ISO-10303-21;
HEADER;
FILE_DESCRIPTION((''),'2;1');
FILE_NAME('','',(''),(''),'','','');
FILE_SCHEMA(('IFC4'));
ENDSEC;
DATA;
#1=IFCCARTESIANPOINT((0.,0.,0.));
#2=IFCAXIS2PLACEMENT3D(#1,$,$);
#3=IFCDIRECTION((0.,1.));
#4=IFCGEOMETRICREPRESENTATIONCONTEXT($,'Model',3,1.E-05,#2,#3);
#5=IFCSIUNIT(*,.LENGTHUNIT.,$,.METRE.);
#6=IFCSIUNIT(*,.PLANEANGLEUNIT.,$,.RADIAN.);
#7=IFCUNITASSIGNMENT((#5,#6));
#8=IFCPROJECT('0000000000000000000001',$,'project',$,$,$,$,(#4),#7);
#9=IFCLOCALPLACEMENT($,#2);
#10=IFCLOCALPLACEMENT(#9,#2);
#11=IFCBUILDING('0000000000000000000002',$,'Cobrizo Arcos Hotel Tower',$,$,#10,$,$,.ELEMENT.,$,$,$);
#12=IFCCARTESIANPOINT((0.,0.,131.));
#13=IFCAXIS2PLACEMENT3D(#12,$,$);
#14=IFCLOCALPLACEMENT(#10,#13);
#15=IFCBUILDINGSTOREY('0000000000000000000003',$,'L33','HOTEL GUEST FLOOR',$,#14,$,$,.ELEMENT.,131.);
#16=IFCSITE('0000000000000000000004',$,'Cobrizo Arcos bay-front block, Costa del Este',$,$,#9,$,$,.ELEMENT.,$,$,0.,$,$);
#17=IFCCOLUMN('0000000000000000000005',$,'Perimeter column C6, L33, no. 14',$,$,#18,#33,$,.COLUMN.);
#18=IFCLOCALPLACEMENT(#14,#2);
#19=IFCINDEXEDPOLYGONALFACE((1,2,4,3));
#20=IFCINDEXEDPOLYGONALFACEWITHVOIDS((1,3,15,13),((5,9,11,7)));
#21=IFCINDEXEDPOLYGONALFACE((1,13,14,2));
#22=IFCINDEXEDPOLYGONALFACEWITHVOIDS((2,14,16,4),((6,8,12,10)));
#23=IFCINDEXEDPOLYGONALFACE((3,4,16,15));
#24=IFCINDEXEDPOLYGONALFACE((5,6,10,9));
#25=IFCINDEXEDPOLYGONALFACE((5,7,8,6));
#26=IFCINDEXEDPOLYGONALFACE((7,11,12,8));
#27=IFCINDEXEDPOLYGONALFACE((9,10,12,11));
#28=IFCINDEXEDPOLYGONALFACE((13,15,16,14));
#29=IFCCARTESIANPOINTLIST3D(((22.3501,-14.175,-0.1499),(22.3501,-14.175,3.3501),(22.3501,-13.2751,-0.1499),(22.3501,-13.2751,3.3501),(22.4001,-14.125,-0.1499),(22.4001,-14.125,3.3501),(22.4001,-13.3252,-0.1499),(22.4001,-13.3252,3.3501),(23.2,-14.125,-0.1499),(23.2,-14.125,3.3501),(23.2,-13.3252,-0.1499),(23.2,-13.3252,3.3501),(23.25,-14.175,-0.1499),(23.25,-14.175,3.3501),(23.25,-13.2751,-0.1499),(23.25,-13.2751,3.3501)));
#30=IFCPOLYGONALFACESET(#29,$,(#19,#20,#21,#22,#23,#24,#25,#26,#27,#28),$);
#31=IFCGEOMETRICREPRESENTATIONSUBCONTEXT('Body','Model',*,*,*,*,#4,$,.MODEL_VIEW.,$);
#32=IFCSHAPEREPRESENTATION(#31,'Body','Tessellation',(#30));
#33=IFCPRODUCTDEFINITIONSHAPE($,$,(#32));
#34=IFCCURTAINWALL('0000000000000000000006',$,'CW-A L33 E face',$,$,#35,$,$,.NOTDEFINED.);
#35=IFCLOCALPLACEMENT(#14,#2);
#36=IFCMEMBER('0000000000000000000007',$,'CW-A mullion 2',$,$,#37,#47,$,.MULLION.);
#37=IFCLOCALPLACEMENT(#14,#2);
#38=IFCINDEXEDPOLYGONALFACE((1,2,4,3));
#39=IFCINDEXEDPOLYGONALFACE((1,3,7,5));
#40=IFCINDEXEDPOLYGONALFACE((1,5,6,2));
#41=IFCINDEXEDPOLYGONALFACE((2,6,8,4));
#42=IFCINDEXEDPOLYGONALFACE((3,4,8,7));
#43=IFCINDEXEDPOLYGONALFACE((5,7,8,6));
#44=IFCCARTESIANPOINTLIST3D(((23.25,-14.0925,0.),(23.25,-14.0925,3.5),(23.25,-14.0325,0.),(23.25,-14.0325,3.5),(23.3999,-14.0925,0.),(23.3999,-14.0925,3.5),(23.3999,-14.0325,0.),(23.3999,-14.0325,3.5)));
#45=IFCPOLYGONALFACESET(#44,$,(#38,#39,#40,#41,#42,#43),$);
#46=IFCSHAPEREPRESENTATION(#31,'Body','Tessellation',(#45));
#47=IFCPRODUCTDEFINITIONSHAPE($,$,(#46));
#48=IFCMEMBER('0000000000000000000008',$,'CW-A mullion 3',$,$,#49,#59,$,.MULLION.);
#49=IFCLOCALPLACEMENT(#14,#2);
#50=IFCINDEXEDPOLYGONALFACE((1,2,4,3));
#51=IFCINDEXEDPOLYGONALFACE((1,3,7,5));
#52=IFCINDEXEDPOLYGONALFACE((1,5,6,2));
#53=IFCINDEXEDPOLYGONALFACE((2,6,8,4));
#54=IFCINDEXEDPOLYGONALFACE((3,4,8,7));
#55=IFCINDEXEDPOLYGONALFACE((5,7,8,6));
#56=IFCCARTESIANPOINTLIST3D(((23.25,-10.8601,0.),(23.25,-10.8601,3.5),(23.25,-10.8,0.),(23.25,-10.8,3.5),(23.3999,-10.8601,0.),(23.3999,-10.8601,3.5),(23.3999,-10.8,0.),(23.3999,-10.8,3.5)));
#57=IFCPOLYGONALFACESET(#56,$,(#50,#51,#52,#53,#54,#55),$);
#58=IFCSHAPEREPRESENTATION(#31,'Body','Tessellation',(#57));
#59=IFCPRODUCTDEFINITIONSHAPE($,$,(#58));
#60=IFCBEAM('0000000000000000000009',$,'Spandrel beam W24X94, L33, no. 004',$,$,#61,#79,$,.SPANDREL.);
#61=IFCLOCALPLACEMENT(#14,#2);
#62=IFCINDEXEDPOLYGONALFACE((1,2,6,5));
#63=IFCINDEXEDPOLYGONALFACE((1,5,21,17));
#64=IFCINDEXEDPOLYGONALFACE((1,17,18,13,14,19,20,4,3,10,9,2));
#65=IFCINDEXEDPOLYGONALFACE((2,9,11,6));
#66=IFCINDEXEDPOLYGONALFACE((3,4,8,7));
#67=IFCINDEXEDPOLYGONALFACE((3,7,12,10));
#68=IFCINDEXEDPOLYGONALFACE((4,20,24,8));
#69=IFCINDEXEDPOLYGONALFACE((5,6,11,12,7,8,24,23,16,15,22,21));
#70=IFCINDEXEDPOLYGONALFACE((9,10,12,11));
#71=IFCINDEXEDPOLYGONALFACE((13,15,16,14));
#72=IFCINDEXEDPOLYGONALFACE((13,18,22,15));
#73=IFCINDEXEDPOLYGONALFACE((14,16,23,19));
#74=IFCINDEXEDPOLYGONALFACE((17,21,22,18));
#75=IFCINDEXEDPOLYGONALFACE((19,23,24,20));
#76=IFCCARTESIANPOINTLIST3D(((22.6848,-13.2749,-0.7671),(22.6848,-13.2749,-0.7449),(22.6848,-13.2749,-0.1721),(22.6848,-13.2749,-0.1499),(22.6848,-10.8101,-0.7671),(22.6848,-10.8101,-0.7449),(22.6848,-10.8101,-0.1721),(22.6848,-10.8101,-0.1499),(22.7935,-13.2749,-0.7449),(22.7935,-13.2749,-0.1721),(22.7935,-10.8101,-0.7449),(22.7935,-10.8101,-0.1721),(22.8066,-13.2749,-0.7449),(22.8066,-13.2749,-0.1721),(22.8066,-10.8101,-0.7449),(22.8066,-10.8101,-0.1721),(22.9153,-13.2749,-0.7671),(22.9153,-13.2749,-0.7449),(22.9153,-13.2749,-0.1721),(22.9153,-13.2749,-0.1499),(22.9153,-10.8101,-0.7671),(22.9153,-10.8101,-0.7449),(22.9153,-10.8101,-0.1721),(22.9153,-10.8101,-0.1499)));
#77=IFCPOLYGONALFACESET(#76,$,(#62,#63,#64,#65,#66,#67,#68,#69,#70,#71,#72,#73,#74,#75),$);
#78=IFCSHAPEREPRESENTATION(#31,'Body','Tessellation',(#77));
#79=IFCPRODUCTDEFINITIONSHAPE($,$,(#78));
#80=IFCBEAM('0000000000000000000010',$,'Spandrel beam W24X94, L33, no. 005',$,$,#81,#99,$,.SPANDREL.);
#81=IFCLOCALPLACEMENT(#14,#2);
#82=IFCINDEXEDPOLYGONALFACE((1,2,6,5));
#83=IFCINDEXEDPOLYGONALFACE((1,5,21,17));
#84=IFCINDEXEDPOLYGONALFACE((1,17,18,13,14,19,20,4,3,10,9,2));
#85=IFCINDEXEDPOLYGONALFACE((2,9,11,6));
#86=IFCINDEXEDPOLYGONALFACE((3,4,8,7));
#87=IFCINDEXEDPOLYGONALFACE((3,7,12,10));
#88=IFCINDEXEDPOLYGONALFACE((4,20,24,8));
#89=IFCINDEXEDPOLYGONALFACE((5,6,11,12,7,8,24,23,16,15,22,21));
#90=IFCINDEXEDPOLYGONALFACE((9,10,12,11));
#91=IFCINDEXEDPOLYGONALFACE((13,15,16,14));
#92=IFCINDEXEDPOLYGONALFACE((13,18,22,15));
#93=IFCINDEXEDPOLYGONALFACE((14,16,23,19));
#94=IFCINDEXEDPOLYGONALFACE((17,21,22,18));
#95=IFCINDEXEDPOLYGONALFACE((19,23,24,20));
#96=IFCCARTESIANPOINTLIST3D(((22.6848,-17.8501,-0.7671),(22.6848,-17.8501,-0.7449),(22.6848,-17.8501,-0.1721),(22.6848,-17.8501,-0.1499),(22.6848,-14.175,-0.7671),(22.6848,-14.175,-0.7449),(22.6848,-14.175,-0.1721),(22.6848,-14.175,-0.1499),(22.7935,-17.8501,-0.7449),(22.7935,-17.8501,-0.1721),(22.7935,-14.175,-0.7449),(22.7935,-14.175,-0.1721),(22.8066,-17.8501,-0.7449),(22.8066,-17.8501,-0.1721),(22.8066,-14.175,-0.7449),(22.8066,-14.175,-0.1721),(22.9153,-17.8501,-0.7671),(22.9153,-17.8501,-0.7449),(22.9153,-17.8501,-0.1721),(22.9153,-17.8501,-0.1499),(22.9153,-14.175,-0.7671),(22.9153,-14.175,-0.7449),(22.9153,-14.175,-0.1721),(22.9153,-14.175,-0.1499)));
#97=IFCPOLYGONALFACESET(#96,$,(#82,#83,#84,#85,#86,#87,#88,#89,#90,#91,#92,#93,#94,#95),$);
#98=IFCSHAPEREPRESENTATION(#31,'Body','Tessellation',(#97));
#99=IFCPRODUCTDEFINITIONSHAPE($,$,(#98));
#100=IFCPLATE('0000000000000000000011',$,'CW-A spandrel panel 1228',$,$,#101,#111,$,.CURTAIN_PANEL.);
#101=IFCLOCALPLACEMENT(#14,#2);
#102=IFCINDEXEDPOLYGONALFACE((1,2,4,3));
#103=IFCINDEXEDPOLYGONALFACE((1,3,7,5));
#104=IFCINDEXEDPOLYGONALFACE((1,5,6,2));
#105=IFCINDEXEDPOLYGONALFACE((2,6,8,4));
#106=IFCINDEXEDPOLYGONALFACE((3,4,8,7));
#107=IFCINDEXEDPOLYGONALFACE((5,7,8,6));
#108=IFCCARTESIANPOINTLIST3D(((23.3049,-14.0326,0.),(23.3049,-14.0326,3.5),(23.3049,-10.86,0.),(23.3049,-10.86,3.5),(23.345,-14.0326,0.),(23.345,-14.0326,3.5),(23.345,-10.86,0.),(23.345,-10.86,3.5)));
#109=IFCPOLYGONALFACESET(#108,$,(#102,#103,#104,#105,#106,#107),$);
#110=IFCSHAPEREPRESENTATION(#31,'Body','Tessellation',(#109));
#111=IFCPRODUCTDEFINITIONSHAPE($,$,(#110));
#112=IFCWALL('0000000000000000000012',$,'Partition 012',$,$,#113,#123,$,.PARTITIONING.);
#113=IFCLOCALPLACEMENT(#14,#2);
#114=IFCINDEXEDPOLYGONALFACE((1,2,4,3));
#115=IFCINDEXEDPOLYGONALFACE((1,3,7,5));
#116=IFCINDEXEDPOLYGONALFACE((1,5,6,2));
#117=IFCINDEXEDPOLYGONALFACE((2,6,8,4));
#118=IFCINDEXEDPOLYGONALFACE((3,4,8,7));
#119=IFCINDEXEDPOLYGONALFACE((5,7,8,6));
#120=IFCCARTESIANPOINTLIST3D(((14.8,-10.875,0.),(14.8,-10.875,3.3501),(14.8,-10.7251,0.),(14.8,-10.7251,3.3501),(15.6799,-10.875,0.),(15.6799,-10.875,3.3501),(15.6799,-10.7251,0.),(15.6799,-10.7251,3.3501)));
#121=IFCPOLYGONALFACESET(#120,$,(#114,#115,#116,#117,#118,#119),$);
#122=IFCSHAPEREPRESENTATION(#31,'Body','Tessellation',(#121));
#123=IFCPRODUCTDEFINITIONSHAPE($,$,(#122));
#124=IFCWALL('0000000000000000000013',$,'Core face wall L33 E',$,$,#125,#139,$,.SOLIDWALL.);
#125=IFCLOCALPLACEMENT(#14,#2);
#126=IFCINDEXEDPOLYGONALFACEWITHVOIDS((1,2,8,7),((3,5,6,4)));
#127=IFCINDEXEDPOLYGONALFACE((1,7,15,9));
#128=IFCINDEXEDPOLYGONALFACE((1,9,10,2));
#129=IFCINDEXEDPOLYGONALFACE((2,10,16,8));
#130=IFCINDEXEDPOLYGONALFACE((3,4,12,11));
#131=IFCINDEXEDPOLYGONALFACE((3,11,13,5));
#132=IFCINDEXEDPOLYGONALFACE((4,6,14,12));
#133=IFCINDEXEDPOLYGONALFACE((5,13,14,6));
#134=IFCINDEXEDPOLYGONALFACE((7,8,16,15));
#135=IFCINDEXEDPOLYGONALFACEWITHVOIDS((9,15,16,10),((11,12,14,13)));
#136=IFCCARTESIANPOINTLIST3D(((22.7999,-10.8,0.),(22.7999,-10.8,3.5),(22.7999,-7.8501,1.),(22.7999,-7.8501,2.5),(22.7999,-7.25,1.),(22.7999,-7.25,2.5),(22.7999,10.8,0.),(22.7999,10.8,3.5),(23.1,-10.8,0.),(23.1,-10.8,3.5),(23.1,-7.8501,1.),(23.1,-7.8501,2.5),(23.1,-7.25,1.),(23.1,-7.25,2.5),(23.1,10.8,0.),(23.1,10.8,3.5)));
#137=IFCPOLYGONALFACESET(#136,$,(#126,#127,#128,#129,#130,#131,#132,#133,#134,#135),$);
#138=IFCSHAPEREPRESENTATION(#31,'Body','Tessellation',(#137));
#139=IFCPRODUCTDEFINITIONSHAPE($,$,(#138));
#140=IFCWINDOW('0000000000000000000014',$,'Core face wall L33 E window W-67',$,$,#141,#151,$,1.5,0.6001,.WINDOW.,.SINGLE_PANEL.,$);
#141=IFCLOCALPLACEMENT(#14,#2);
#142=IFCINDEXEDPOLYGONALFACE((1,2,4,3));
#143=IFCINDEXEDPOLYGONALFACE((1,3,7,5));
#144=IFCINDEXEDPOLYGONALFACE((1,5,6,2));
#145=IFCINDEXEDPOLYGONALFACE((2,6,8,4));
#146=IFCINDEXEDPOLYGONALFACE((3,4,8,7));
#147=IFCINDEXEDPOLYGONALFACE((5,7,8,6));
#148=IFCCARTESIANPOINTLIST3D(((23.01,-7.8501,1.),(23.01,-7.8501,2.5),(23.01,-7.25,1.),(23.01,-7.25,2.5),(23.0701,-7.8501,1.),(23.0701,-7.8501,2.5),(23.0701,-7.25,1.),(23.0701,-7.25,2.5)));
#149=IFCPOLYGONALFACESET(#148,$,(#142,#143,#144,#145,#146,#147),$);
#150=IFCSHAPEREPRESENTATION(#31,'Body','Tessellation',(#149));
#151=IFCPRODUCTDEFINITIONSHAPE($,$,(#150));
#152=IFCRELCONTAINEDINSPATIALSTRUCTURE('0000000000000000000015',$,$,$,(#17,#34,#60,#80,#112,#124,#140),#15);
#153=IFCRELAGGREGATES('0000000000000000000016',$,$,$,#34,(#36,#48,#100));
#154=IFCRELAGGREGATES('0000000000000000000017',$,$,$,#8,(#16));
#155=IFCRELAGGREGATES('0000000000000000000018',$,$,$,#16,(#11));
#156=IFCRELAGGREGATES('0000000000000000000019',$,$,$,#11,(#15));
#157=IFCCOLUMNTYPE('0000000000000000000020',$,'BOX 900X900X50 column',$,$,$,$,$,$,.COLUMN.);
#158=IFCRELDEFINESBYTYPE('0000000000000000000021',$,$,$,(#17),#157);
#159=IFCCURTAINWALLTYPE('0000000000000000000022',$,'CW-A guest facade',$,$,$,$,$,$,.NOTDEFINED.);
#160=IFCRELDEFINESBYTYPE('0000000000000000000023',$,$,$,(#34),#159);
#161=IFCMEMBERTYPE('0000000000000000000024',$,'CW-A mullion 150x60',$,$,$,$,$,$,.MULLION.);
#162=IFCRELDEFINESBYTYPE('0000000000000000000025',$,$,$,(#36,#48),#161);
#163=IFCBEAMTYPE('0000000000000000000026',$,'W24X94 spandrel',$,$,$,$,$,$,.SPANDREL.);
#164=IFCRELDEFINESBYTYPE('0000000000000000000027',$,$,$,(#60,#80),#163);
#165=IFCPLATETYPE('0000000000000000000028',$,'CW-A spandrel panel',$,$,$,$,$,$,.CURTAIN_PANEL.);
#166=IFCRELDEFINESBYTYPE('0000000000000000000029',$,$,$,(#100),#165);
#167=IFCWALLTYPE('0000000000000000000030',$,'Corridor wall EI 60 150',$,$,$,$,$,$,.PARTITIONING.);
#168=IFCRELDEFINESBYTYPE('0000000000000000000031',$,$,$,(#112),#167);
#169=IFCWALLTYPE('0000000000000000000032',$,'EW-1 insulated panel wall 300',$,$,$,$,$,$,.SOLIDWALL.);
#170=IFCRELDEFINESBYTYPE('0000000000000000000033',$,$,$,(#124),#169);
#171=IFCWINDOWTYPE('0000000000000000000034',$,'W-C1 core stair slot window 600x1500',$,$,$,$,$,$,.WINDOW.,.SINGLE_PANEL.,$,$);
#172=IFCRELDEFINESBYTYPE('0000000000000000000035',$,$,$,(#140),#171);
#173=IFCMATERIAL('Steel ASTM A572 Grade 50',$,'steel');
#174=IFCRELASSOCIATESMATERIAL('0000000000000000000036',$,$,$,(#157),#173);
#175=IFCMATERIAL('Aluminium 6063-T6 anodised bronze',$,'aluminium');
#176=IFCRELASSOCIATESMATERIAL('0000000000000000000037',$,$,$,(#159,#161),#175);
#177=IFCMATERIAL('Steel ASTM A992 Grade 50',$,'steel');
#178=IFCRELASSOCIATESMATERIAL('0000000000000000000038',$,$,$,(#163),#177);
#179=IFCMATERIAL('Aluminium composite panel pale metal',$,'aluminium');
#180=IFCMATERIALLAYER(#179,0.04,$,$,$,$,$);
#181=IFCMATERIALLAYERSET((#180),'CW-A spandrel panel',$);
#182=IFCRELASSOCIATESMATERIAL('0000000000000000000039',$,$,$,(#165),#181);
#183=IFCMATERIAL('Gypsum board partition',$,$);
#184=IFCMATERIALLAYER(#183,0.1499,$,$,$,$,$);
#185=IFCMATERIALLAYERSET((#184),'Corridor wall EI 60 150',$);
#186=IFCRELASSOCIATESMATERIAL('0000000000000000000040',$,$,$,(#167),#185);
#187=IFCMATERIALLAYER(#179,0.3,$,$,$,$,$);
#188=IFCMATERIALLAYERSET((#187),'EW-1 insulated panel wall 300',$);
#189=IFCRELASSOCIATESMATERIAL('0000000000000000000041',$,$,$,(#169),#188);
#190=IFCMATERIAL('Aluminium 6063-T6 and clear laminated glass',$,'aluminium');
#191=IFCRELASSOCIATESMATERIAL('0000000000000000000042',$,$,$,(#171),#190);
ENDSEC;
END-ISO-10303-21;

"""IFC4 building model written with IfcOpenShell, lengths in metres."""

from ifc_helpers import new_model, si_unit, direction, frame, frame_2d, origin, origin_2d, place, context, subcontext, project, spatial, rectangle, hollow_rectangle, i_section, extrude, material, layer, layer_set, material_profile, profile_set, type_object, element, fill, aggregate, save


model = new_model("IFC4")

# Units and contexts
model_context = context("Model", 3, precision=1e-05, world=origin(), true_north=direction((0.0, 1.0)))
body_context = subcontext(model_context, "Body", "Model", "MODEL_VIEW")
ifc_project = project(units=[si_unit("LENGTHUNIT", "METRE"), si_unit("PLANEANGLEUNIT", "RADIAN")], contexts=[model_context])

# Site, building, storey
site_placement = place(None, origin())
site = spatial("IfcSite", under=ifc_project, at=site_placement, Name="Cobrizo Arcos bay-front block, Costa del Este", CompositionType="ELEMENT", RefElevation=0.0)
building_placement = place(site_placement, origin())
building = spatial("IfcBuilding", under=site, at=building_placement, Name="Cobrizo Arcos Hotel Tower", CompositionType="ELEMENT")
storey_placement = place(building_placement, frame((0.0, 0.0, 131.0)))
storey = spatial("IfcBuildingStorey", under=building, at=storey_placement, Name="L33", Description="HOTEL GUEST FLOOR", CompositionType="ELEMENT", Elevation=131.0)

# Column
ifc_material_1 = material(Name="Steel ASTM A572 Grade 50", Category="steel")
ifc_material_profile_1 = material_profile(ifc_material_1, hollow_rectangle(XDim=0.8999, YDim=0.8999, WallThickness=0.05, at=origin_2d()), Name="BOX 900X900X50")
ifc_profile_set_1 = profile_set([ifc_material_profile_1], Name="Steel ASTM A572 Grade 50")
column_type = type_object("IfcColumnType", Name="BOX 900X900X50 column", PredefinedType="COLUMN", material=ifc_profile_set_1)
column_placement = place(storey_placement, frame((22.8, -13.7251, -0.1499), z_axis=(0.0, 0.0, 1.0), x_axis=(1.0, 0.0, 0.0)))
element("IfcColumn", 1, at=column_placement, inside=storey, type_object=column_type, Name="Perimeter column C6, L33, no. 14", PredefinedType="COLUMN", context=body_context, shape_type="SweptSolid", body=[
    extrude(hollow_rectangle(XDim=0.8999, YDim=0.8999, WallThickness=0.05, at=origin_2d()), origin(), (0.0, 0.0, 1.0), 3.5),
])

# Curtain wall, members
ifc_material_2 = material(Name="Aluminium 6063-T6 anodised bronze", Category="aluminium")
curtain_wall_type = type_object("IfcCurtainWallType", Name="CW-A guest facade", PredefinedType="NOTDEFINED", material=ifc_material_2)
curtain_wall_placement = place(storey_placement, origin())
curtain_wall = element("IfcCurtainWall", 2, at=curtain_wall_placement, inside=storey, type_object=curtain_wall_type, Name="CW-A L33 E face", PredefinedType="NOTDEFINED")
ifc_material_profile_2 = material_profile(ifc_material_2, rectangle(XDim=0.1499, YDim=0.0601, at=origin_2d()), Name="CW-A mullion 150x60")
ifc_profile_set_2 = profile_set([ifc_material_profile_2], Name="Aluminium 6063-T6 anodised bronze")
member_type = type_object("IfcMemberType", Name="CW-A mullion 150x60", PredefinedType="MULLION", material=ifc_profile_set_2)
member_1_placement = place(storey_placement, frame((23.325, -14.0625, 0.0), z_axis=(0.0, 0.0, 1.0), x_axis=(1.0, 0.0, 0.0)))
member_1 = element("IfcMember", 3, at=member_1_placement, type_object=member_type, Name="CW-A mullion 2", PredefinedType="MULLION", context=body_context, shape_type="SweptSolid", body=[
    extrude(rectangle(XDim=0.1499, YDim=0.0601, at=origin_2d()), origin(), (0.0, 0.0, 1.0), 3.5),
])
member_2_placement = place(storey_placement, frame((23.325, -10.8301, 0.0), z_axis=(0.0, 0.0, 1.0), x_axis=(1.0, 0.0, 0.0)))
member_2 = element("IfcMember", 4, at=member_2_placement, type_object=member_type, Name="CW-A mullion 3", PredefinedType="MULLION", context=body_context, shape_type="SweptSolid", body=[
    extrude(rectangle(XDim=0.1499, YDim=0.0601, at=origin_2d()), origin(), (0.0, 0.0, 1.0), 3.5),
])

# Beams
ifc_material_3 = material(Name="Steel ASTM A992 Grade 50", Category="steel")
ifc_material_profile_3 = material_profile(ifc_material_3, i_section(OverallWidth=0.2305, OverallDepth=0.6172, WebThickness=0.0132, FlangeThickness=0.0222, at=origin_2d()), Name="W24X94")
ifc_profile_set_3 = profile_set([ifc_material_profile_3], Name="Steel ASTM A992 Grade 50")
beam_type = type_object("IfcBeamType", Name="W24X94 spandrel", PredefinedType="SPANDREL", material=ifc_profile_set_3)
beam_1_placement = place(storey_placement, frame((22.8, -10.8101, -0.4585), z_axis=(0.0, -1.0, 0.0), x_axis=(1.0, 0.0, 0.0)))
element("IfcBeam", 5, at=beam_1_placement, inside=storey, type_object=beam_type, Name="Spandrel beam W24X94, L33, no. 004", PredefinedType="SPANDREL", context=body_context, shape_type="SweptSolid", body=[
    extrude(i_section(OverallWidth=0.2305, OverallDepth=0.6172, WebThickness=0.0132, FlangeThickness=0.0222, at=origin_2d()), origin(), (0.0, 0.0, 1.0), 2.4648),
])
beam_2_placement = place(storey_placement, frame((22.8, -14.175, -0.4585), z_axis=(0.0, -1.0, 0.0), x_axis=(1.0, 0.0, 0.0)))
element("IfcBeam", 6, at=beam_2_placement, inside=storey, type_object=beam_type, Name="Spandrel beam W24X94, L33, no. 005", PredefinedType="SPANDREL", context=body_context, shape_type="SweptSolid", body=[
    extrude(i_section(OverallWidth=0.2305, OverallDepth=0.6172, WebThickness=0.0132, FlangeThickness=0.0222, at=origin_2d()), origin(), (0.0, 0.0, 1.0), 3.675),
])

# Plate
ifc_material_4 = material(Name="Aluminium composite panel pale metal", Category="aluminium")
ifc_layer_1 = layer(ifc_material_4, 0.04)
ifc_layer_set_1 = layer_set([ifc_layer_1], Name="CW-A spandrel panel")
plate_type = type_object("IfcPlateType", Name="CW-A spandrel panel", PredefinedType="CURTAIN_PANEL", material=ifc_layer_set_1)
plate_placement = place(storey_placement, frame((23.325, -12.4463, 0.0), z_axis=(0.0, 0.0, 1.0), x_axis=(0.0, 1.0, 0.0)))
plate = element("IfcPlate", 7, at=plate_placement, type_object=plate_type, Name="CW-A spandrel panel 1228", PredefinedType="CURTAIN_PANEL", context=body_context, shape_type="SweptSolid", body=[
    extrude(rectangle(XDim=3.1726, YDim=0.04, at=origin_2d()), origin(), (0.0, 0.0, 1.0), 3.5),
])
aggregate(curtain_wall, [member_1, member_2, plate])

# Wall
ifc_material_5 = material(Name="Gypsum board partition")
ifc_layer_2 = layer(ifc_material_5, 0.1499)
ifc_layer_set_2 = layer_set([ifc_layer_2], Name="Corridor wall EI 60 150")
wall_type_1 = type_object("IfcWallType", Name="Corridor wall EI 60 150", PredefinedType="PARTITIONING", material=ifc_layer_set_2)
wall_1_placement = place(storey_placement, frame((14.8, -10.8, 0.0), z_axis=(0.0, 0.0, 1.0), x_axis=(1.0, 0.0, 0.0)))
element("IfcWall", 8, at=wall_1_placement, inside=storey, type_object=wall_type_1, Name="Partition 012", PredefinedType="PARTITIONING", context=body_context, shape_type="SweptSolid", body=[
    extrude(rectangle(XDim=0.8799, YDim=0.1499, at=frame_2d((0.4399, 0.0))), origin(), (0.0, 0.0, 1.0), 3.3501),
])

# Wall, opening, window
ifc_layer_3 = layer(ifc_material_4, 0.3)
ifc_layer_set_3 = layer_set([ifc_layer_3], Name="EW-1 insulated panel wall 300")
wall_type_2 = type_object("IfcWallType", Name="EW-1 insulated panel wall 300", PredefinedType="SOLIDWALL", material=ifc_layer_set_3)
wall_2_placement = place(storey_placement, frame((22.95, -10.8, 0.0), z_axis=(0.0, 0.0, 1.0), x_axis=(0.0, 1.0, 0.0)))
wall_2 = element("IfcWall", 9, at=wall_2_placement, inside=storey, type_object=wall_type_2, Name="Core face wall L33 E", PredefinedType="SOLIDWALL", context=body_context, shape_type="SweptSolid", body=[
    extrude(rectangle(XDim=21.6001, YDim=0.3, at=frame_2d((10.8, 0.0))), origin(), (0.0, 0.0, 1.0), 3.5),
])
opening_1_placement = place(wall_2_placement, frame((2.95, 0.0, 1.0)))
opening_1 = element("IfcOpeningElement", 10, at=opening_1_placement, cuts=wall_2, PredefinedType="OPENING", context=body_context, shape_type="SweptSolid", body=[
    extrude(rectangle(XDim=0.6001, YDim=1.5, at=frame_2d((0.3, 0.75))), frame((0.0, 0.1621, 0.0), z_axis=(0.0, -1.0, 0.0), x_axis=(1.0, 0.0, 0.0)), (0.0, 0.0, 1.0), 0.324),
])
ifc_material_6 = material(Name="Aluminium 6063-T6 and clear laminated glass", Category="aluminium")
window_type = type_object("IfcWindowType", Name="W-C1 core stair slot window 600x1500", PartitioningType="SINGLE_PANEL", PredefinedType="WINDOW", material=ifc_material_6)
window_placement = place(opening_1_placement, origin())
window = element("IfcWindow", 11, at=window_placement, inside=storey, type_object=window_type, Name="Core face wall L33 E window W-67", OverallHeight=1.5, OverallWidth=0.6001, PartitioningType="SINGLE_PANEL", PredefinedType="WINDOW", context=body_context, shape_type="SweptSolid", body=[
    extrude(rectangle(XDim=0.6001, YDim=1.5, at=frame_2d((0.3, 0.75))), frame((0.0, -0.0601, 0.0), z_axis=(0.0, -1.0, 0.0), x_axis=(1.0, 0.0, 0.0)), (0.0, 0.0, 1.0), 0.0601),
])
fill(opening_1, window)

save(model, "model.ifc")
